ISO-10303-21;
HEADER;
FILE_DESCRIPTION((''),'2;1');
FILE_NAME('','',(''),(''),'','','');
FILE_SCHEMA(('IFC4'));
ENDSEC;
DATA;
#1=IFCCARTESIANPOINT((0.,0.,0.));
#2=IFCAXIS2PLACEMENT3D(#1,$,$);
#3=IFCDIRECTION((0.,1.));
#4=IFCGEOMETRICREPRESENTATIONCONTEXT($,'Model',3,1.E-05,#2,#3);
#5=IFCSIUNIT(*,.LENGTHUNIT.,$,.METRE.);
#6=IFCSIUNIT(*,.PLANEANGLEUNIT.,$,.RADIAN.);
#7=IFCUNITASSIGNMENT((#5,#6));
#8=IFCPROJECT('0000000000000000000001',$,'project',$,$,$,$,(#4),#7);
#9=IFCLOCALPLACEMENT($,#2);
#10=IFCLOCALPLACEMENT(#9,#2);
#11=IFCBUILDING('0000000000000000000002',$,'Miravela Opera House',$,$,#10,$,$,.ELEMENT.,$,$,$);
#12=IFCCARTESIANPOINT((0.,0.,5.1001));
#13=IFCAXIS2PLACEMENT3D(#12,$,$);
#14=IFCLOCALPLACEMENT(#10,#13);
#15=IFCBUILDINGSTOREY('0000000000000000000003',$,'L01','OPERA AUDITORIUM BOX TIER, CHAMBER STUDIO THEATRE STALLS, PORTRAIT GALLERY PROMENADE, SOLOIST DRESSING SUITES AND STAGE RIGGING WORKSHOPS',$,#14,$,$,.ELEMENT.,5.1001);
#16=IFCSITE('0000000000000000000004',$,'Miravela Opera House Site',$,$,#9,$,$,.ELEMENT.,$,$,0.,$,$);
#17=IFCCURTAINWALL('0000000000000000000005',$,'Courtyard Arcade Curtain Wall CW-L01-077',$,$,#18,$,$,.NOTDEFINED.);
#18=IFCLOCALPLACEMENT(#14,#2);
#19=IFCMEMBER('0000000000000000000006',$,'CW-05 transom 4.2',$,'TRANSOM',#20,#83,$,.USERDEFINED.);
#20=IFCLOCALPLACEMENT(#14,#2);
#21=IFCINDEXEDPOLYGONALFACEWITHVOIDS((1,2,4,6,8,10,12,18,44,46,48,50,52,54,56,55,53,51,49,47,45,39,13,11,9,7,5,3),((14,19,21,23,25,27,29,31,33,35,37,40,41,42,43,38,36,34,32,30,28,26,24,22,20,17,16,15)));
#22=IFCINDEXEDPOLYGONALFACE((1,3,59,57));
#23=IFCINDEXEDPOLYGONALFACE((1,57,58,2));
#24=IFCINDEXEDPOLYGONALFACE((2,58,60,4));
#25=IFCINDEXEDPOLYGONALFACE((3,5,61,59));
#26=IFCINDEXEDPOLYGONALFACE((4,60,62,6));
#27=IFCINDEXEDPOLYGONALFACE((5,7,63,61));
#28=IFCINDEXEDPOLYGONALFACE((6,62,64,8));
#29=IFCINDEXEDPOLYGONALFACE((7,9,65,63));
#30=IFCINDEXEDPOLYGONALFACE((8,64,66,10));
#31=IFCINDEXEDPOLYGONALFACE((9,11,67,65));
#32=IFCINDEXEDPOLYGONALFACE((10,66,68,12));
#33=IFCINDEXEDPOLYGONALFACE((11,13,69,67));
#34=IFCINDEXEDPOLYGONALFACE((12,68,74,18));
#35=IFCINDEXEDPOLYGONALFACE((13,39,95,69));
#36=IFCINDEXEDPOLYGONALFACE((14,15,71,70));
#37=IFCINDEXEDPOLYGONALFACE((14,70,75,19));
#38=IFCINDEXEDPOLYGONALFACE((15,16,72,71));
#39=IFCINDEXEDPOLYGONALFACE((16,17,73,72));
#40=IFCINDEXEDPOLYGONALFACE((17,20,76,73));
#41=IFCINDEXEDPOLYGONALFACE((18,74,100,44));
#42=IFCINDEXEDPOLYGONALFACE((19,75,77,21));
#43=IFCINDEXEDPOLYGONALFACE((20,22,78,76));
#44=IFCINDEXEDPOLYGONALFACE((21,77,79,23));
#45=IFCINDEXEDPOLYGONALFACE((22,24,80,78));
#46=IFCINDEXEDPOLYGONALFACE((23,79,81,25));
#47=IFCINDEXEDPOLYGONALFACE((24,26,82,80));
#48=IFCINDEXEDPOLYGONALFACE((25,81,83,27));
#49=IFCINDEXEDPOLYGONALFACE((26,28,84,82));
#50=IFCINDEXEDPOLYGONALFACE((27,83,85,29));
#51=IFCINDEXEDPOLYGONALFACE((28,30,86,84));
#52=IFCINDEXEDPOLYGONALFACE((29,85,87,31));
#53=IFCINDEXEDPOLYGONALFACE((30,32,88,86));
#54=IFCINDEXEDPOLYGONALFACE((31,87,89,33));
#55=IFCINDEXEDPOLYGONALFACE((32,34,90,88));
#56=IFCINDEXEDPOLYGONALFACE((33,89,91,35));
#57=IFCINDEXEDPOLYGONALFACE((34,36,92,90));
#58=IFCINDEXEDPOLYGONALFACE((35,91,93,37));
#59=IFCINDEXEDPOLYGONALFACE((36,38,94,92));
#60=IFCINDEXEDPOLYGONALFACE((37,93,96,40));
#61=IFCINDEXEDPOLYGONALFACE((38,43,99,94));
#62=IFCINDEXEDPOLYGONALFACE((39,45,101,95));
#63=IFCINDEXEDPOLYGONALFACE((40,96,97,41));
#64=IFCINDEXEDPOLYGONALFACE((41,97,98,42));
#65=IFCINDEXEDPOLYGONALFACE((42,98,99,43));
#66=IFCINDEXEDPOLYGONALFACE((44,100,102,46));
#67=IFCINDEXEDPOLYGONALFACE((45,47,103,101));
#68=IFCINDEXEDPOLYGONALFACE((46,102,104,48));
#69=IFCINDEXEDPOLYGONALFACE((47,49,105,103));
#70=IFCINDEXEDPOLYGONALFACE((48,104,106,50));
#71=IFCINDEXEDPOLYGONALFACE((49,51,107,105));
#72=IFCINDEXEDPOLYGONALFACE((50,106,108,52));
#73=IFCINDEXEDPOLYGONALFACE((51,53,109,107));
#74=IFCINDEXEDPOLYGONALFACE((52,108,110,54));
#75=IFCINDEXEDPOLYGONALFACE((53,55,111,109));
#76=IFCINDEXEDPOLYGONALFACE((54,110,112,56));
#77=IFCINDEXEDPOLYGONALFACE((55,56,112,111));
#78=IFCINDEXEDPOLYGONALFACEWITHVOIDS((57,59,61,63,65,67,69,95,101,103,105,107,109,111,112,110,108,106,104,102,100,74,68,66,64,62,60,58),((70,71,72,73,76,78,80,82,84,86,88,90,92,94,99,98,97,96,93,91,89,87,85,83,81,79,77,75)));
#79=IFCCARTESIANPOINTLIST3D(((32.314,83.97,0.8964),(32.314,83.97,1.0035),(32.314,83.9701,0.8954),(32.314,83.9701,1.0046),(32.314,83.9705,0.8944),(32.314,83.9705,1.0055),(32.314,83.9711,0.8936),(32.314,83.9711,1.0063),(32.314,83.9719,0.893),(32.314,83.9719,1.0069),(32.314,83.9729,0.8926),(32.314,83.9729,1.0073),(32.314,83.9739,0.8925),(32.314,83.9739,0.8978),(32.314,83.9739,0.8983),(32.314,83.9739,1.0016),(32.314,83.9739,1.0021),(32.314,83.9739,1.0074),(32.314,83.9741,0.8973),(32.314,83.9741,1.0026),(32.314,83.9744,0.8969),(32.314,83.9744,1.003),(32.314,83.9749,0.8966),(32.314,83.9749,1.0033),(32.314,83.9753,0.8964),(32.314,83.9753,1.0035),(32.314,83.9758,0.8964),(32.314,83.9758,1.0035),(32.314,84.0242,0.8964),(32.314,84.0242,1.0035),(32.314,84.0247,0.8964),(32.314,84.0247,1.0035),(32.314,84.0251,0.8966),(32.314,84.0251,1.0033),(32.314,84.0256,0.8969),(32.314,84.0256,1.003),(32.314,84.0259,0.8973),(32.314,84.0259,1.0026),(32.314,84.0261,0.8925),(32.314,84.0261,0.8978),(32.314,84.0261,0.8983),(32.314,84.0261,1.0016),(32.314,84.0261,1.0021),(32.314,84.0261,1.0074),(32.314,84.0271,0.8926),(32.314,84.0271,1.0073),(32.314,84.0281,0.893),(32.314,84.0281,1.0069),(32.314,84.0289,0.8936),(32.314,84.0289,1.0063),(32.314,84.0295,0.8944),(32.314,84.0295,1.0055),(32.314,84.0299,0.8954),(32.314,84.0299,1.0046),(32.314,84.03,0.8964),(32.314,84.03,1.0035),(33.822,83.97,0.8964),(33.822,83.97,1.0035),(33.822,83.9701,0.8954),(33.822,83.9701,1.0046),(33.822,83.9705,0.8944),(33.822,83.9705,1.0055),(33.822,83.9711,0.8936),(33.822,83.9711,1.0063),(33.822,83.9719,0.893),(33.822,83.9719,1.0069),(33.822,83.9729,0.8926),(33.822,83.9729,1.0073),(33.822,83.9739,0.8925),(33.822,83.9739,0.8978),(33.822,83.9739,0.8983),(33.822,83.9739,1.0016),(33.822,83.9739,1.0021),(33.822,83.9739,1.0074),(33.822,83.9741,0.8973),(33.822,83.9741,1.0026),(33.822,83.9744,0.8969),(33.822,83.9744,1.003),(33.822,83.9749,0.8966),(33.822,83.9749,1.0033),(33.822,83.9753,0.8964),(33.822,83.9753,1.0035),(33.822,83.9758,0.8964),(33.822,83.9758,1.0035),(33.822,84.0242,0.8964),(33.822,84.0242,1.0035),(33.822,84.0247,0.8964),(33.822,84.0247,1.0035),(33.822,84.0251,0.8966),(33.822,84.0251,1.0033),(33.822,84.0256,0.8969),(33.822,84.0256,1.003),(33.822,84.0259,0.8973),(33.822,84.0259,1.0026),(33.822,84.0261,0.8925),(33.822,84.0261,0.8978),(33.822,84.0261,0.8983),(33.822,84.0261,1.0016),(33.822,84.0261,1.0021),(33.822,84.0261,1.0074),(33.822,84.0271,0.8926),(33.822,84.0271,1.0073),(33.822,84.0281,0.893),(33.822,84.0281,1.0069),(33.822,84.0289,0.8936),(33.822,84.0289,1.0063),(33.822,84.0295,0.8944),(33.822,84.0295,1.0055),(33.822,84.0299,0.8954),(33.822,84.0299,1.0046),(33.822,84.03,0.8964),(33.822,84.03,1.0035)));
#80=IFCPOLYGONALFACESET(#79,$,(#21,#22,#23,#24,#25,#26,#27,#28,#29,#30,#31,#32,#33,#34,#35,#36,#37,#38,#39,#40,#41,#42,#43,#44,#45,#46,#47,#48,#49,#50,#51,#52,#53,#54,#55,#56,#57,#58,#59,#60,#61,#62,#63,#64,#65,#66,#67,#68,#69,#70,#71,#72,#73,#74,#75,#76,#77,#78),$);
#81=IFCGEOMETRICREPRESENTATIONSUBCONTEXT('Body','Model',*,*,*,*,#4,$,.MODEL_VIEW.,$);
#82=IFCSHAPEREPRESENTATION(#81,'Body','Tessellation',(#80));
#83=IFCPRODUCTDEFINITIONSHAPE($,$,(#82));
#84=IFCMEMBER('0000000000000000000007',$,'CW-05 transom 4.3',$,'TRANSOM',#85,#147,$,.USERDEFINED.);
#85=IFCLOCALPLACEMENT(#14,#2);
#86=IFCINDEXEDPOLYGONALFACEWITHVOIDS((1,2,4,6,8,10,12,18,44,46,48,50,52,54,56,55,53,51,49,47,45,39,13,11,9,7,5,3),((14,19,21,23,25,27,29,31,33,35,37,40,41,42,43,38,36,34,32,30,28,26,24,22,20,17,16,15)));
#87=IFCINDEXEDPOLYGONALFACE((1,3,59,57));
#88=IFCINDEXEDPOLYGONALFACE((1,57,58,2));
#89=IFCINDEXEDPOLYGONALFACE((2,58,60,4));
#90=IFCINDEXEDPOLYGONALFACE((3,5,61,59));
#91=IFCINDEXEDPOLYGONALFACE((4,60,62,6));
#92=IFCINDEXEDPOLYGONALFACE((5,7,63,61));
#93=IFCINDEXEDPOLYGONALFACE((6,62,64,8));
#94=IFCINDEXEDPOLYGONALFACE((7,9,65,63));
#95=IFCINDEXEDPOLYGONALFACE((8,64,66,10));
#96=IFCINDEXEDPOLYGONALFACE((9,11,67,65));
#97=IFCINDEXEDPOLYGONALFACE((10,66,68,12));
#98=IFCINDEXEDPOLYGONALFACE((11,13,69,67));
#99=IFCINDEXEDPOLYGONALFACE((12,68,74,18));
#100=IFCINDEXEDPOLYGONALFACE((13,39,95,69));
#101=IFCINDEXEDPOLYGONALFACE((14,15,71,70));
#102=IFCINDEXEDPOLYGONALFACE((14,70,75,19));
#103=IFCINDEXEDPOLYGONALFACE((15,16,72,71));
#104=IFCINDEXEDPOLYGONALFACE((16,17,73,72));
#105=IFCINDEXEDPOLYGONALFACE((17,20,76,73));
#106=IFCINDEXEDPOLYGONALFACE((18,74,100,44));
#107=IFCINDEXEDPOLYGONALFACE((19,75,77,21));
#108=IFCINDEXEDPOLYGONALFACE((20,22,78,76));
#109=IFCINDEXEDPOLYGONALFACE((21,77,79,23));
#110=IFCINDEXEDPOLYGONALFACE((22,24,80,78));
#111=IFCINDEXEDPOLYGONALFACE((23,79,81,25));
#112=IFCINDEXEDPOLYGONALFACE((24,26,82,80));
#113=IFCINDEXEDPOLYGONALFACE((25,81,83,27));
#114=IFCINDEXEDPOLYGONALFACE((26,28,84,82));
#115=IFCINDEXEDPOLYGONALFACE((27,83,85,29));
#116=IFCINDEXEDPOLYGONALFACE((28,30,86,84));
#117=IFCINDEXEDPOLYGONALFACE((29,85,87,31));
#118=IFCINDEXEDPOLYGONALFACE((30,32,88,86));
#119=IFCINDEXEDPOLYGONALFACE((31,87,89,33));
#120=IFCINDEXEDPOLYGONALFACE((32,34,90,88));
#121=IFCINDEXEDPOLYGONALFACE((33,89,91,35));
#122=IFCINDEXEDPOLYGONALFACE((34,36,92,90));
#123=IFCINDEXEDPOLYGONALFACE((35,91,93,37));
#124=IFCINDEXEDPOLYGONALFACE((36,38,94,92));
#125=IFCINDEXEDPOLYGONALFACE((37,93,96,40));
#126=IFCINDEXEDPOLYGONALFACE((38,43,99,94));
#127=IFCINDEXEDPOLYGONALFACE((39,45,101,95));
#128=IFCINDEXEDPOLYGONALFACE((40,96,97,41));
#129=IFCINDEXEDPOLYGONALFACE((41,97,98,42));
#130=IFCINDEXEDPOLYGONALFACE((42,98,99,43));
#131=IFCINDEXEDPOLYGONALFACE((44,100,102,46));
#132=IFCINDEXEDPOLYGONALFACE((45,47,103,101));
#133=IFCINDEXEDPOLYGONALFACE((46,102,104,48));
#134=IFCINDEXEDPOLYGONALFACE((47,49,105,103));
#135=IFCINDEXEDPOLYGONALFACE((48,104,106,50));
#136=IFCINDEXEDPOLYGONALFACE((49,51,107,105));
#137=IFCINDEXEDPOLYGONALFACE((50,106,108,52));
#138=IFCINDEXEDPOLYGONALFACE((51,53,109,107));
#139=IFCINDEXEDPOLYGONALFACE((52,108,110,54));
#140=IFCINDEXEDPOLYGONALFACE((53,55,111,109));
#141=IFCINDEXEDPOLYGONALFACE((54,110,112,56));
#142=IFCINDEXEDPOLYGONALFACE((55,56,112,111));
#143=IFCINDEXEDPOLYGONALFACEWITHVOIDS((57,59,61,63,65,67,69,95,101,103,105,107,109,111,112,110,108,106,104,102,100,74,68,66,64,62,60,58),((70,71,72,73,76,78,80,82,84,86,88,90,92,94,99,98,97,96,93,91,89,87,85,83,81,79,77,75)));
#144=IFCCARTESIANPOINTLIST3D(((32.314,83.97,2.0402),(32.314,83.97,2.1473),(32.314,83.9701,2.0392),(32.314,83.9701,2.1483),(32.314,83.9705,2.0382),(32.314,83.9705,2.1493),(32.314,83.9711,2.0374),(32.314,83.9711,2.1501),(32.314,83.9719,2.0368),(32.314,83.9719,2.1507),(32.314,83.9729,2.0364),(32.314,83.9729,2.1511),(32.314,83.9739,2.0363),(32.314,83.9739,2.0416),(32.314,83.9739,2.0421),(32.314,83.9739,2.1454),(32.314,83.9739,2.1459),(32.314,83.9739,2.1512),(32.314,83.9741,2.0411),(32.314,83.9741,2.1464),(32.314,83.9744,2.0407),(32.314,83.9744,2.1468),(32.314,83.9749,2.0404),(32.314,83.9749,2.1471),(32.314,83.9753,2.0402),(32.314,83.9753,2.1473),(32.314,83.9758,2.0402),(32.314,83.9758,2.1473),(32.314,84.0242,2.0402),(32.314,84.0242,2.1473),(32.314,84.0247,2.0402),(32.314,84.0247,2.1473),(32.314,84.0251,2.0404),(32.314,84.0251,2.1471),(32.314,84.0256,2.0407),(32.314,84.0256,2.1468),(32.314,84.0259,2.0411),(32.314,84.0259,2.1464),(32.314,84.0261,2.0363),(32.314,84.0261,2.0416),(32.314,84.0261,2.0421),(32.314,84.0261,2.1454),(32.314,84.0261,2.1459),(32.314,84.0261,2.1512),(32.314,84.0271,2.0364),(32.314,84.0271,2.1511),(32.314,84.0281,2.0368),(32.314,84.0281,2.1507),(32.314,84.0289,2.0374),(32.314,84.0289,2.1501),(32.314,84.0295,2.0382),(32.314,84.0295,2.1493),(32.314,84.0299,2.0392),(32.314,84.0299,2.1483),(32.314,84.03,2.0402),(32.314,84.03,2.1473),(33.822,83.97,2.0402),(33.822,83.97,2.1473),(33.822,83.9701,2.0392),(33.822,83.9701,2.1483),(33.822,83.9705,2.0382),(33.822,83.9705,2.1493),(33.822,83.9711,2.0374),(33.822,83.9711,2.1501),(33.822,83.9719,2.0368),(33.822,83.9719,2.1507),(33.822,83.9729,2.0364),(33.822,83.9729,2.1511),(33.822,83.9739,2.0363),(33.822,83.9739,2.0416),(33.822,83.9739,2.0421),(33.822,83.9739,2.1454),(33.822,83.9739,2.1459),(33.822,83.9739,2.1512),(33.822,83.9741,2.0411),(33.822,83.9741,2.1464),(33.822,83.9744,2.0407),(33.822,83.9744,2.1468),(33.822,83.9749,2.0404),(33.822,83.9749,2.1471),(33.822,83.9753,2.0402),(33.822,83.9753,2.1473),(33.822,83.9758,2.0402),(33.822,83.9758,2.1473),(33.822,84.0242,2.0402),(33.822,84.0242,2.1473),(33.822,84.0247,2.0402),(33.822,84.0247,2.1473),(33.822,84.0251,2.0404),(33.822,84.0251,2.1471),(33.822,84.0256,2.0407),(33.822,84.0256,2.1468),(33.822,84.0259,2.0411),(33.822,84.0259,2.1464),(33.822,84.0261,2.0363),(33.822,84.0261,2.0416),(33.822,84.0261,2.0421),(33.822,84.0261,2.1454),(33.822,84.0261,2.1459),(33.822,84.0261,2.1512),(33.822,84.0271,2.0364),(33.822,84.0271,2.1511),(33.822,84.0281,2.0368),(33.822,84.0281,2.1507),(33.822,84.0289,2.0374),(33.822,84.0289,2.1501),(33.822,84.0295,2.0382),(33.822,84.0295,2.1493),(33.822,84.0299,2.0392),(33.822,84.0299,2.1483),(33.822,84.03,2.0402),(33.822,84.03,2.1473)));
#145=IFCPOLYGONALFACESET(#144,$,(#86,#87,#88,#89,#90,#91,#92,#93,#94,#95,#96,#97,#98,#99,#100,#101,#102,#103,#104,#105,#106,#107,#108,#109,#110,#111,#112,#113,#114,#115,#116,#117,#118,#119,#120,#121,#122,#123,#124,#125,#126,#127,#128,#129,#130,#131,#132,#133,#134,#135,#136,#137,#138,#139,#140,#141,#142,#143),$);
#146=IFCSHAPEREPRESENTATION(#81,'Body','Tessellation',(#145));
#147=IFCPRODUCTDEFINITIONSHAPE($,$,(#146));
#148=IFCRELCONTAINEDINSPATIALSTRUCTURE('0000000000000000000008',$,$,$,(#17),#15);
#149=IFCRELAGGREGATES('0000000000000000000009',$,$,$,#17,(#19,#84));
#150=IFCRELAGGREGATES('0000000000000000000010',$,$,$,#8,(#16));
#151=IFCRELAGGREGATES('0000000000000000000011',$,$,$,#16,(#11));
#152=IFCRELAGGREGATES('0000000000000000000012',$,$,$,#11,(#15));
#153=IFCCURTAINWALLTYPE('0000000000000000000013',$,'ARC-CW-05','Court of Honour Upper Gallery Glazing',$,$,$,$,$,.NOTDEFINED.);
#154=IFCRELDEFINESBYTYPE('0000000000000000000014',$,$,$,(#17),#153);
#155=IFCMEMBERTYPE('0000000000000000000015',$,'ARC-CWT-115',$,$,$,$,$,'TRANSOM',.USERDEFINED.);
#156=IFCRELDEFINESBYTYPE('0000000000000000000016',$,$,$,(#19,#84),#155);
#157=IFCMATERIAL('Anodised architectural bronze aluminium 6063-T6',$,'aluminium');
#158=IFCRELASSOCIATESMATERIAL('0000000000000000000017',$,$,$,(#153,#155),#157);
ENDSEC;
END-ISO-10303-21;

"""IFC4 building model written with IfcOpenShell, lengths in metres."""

from ifc_helpers import new_model, si_unit, direction, frame, origin, origin_2d, place, context, subcontext, project, spatial, hollow_rectangle, extrude, material, material_profile, profile_set, type_object, element, aggregate, save


model = new_model("IFC4")

# Units and contexts
model_context = context("Model", 3, precision=1e-05, world=origin(), true_north=direction((0.0, 1.0)))
body_context = subcontext(model_context, "Body", "Model", "MODEL_VIEW")
ifc_project = project(units=[si_unit("LENGTHUNIT", "METRE"), si_unit("PLANEANGLEUNIT", "RADIAN")], contexts=[model_context])

# Site, building, storey
site_placement = place(None, origin())
site = spatial("IfcSite", under=ifc_project, at=site_placement, Name="Miravela Opera House Site", CompositionType="ELEMENT", RefElevation=0.0)
building_placement = place(site_placement, origin())
building = spatial("IfcBuilding", under=site, at=building_placement, Name="Miravela Opera House", CompositionType="ELEMENT")
storey_placement = place(building_placement, frame((0.0, 0.0, 5.1001)))
storey = spatial("IfcBuildingStorey", under=building, at=storey_placement, Name="L01", Description="OPERA AUDITORIUM BOX TIER, CHAMBER STUDIO THEATRE STALLS, PORTRAIT GALLERY PROMENADE, SOLOIST DRESSING SUITES AND STAGE RIGGING WORKSHOPS", CompositionType="ELEMENT", Elevation=5.1001)

# Curtain wall, members
ifc_material_1 = material(Name="Anodised architectural bronze aluminium 6063-T6", Category="aluminium")
curtain_wall_type = type_object("IfcCurtainWallType", Name="ARC-CW-05", Description="Court of Honour Upper Gallery Glazing", PredefinedType="NOTDEFINED", material=ifc_material_1)
curtain_wall_placement = place(storey_placement, origin())
curtain_wall = element("IfcCurtainWall", 1, at=curtain_wall_placement, inside=storey, type_object=curtain_wall_type, Name="Courtyard Arcade Curtain Wall CW-L01-077", PredefinedType="NOTDEFINED")
ifc_material_profile_1 = material_profile(ifc_material_1, hollow_rectangle(XDim=0.0601, YDim=0.115, WallThickness=0.0039, InnerFilletRadius=0.002, OuterFilletRadius=0.0039, at=origin_2d()), Name="CWT-60X115")
ifc_profile_set_1 = profile_set([ifc_material_profile_1])
member_type_1 = type_object("IfcMemberType", Name="ARC-CWT-115", ElementType="TRANSOM", PredefinedType="USERDEFINED", material=ifc_profile_set_1)
member_1_placement = place(storey_placement, frame((32.314, 84.0, 0.95), z_axis=(1.0, 0.0, 0.0), x_axis=(0.0, 1.0, 0.0)))
member_1 = element("IfcMember", 2, at=member_1_placement, type_object=member_type_1, Name="CW-05 transom 4.2", ObjectType="TRANSOM", PredefinedType="USERDEFINED", context=body_context, shape_type="SweptSolid", body=[
    extrude(hollow_rectangle(XDim=0.0601, YDim=0.115, WallThickness=0.0039, InnerFilletRadius=0.002, OuterFilletRadius=0.0039, at=origin_2d()), origin(), (0.0, 0.0, 1.0), 1.5081),
])
member_2_placement = place(storey_placement, frame((32.314, 84.0, 2.0938), z_axis=(1.0, 0.0, 0.0), x_axis=(0.0, 1.0, 0.0)))
member_2 = element("IfcMember", 3, at=member_2_placement, type_object=member_type_1, Name="CW-05 transom 4.3", ObjectType="TRANSOM", PredefinedType="USERDEFINED", context=body_context, shape_type="SweptSolid", body=[
    extrude(hollow_rectangle(XDim=0.0601, YDim=0.115, WallThickness=0.0039, InnerFilletRadius=0.002, OuterFilletRadius=0.0039, at=origin_2d()), origin(), (0.0, 0.0, 1.0), 1.5081),
])
aggregate(curtain_wall, [member_1, member_2])

save(model, "model.ifc")
